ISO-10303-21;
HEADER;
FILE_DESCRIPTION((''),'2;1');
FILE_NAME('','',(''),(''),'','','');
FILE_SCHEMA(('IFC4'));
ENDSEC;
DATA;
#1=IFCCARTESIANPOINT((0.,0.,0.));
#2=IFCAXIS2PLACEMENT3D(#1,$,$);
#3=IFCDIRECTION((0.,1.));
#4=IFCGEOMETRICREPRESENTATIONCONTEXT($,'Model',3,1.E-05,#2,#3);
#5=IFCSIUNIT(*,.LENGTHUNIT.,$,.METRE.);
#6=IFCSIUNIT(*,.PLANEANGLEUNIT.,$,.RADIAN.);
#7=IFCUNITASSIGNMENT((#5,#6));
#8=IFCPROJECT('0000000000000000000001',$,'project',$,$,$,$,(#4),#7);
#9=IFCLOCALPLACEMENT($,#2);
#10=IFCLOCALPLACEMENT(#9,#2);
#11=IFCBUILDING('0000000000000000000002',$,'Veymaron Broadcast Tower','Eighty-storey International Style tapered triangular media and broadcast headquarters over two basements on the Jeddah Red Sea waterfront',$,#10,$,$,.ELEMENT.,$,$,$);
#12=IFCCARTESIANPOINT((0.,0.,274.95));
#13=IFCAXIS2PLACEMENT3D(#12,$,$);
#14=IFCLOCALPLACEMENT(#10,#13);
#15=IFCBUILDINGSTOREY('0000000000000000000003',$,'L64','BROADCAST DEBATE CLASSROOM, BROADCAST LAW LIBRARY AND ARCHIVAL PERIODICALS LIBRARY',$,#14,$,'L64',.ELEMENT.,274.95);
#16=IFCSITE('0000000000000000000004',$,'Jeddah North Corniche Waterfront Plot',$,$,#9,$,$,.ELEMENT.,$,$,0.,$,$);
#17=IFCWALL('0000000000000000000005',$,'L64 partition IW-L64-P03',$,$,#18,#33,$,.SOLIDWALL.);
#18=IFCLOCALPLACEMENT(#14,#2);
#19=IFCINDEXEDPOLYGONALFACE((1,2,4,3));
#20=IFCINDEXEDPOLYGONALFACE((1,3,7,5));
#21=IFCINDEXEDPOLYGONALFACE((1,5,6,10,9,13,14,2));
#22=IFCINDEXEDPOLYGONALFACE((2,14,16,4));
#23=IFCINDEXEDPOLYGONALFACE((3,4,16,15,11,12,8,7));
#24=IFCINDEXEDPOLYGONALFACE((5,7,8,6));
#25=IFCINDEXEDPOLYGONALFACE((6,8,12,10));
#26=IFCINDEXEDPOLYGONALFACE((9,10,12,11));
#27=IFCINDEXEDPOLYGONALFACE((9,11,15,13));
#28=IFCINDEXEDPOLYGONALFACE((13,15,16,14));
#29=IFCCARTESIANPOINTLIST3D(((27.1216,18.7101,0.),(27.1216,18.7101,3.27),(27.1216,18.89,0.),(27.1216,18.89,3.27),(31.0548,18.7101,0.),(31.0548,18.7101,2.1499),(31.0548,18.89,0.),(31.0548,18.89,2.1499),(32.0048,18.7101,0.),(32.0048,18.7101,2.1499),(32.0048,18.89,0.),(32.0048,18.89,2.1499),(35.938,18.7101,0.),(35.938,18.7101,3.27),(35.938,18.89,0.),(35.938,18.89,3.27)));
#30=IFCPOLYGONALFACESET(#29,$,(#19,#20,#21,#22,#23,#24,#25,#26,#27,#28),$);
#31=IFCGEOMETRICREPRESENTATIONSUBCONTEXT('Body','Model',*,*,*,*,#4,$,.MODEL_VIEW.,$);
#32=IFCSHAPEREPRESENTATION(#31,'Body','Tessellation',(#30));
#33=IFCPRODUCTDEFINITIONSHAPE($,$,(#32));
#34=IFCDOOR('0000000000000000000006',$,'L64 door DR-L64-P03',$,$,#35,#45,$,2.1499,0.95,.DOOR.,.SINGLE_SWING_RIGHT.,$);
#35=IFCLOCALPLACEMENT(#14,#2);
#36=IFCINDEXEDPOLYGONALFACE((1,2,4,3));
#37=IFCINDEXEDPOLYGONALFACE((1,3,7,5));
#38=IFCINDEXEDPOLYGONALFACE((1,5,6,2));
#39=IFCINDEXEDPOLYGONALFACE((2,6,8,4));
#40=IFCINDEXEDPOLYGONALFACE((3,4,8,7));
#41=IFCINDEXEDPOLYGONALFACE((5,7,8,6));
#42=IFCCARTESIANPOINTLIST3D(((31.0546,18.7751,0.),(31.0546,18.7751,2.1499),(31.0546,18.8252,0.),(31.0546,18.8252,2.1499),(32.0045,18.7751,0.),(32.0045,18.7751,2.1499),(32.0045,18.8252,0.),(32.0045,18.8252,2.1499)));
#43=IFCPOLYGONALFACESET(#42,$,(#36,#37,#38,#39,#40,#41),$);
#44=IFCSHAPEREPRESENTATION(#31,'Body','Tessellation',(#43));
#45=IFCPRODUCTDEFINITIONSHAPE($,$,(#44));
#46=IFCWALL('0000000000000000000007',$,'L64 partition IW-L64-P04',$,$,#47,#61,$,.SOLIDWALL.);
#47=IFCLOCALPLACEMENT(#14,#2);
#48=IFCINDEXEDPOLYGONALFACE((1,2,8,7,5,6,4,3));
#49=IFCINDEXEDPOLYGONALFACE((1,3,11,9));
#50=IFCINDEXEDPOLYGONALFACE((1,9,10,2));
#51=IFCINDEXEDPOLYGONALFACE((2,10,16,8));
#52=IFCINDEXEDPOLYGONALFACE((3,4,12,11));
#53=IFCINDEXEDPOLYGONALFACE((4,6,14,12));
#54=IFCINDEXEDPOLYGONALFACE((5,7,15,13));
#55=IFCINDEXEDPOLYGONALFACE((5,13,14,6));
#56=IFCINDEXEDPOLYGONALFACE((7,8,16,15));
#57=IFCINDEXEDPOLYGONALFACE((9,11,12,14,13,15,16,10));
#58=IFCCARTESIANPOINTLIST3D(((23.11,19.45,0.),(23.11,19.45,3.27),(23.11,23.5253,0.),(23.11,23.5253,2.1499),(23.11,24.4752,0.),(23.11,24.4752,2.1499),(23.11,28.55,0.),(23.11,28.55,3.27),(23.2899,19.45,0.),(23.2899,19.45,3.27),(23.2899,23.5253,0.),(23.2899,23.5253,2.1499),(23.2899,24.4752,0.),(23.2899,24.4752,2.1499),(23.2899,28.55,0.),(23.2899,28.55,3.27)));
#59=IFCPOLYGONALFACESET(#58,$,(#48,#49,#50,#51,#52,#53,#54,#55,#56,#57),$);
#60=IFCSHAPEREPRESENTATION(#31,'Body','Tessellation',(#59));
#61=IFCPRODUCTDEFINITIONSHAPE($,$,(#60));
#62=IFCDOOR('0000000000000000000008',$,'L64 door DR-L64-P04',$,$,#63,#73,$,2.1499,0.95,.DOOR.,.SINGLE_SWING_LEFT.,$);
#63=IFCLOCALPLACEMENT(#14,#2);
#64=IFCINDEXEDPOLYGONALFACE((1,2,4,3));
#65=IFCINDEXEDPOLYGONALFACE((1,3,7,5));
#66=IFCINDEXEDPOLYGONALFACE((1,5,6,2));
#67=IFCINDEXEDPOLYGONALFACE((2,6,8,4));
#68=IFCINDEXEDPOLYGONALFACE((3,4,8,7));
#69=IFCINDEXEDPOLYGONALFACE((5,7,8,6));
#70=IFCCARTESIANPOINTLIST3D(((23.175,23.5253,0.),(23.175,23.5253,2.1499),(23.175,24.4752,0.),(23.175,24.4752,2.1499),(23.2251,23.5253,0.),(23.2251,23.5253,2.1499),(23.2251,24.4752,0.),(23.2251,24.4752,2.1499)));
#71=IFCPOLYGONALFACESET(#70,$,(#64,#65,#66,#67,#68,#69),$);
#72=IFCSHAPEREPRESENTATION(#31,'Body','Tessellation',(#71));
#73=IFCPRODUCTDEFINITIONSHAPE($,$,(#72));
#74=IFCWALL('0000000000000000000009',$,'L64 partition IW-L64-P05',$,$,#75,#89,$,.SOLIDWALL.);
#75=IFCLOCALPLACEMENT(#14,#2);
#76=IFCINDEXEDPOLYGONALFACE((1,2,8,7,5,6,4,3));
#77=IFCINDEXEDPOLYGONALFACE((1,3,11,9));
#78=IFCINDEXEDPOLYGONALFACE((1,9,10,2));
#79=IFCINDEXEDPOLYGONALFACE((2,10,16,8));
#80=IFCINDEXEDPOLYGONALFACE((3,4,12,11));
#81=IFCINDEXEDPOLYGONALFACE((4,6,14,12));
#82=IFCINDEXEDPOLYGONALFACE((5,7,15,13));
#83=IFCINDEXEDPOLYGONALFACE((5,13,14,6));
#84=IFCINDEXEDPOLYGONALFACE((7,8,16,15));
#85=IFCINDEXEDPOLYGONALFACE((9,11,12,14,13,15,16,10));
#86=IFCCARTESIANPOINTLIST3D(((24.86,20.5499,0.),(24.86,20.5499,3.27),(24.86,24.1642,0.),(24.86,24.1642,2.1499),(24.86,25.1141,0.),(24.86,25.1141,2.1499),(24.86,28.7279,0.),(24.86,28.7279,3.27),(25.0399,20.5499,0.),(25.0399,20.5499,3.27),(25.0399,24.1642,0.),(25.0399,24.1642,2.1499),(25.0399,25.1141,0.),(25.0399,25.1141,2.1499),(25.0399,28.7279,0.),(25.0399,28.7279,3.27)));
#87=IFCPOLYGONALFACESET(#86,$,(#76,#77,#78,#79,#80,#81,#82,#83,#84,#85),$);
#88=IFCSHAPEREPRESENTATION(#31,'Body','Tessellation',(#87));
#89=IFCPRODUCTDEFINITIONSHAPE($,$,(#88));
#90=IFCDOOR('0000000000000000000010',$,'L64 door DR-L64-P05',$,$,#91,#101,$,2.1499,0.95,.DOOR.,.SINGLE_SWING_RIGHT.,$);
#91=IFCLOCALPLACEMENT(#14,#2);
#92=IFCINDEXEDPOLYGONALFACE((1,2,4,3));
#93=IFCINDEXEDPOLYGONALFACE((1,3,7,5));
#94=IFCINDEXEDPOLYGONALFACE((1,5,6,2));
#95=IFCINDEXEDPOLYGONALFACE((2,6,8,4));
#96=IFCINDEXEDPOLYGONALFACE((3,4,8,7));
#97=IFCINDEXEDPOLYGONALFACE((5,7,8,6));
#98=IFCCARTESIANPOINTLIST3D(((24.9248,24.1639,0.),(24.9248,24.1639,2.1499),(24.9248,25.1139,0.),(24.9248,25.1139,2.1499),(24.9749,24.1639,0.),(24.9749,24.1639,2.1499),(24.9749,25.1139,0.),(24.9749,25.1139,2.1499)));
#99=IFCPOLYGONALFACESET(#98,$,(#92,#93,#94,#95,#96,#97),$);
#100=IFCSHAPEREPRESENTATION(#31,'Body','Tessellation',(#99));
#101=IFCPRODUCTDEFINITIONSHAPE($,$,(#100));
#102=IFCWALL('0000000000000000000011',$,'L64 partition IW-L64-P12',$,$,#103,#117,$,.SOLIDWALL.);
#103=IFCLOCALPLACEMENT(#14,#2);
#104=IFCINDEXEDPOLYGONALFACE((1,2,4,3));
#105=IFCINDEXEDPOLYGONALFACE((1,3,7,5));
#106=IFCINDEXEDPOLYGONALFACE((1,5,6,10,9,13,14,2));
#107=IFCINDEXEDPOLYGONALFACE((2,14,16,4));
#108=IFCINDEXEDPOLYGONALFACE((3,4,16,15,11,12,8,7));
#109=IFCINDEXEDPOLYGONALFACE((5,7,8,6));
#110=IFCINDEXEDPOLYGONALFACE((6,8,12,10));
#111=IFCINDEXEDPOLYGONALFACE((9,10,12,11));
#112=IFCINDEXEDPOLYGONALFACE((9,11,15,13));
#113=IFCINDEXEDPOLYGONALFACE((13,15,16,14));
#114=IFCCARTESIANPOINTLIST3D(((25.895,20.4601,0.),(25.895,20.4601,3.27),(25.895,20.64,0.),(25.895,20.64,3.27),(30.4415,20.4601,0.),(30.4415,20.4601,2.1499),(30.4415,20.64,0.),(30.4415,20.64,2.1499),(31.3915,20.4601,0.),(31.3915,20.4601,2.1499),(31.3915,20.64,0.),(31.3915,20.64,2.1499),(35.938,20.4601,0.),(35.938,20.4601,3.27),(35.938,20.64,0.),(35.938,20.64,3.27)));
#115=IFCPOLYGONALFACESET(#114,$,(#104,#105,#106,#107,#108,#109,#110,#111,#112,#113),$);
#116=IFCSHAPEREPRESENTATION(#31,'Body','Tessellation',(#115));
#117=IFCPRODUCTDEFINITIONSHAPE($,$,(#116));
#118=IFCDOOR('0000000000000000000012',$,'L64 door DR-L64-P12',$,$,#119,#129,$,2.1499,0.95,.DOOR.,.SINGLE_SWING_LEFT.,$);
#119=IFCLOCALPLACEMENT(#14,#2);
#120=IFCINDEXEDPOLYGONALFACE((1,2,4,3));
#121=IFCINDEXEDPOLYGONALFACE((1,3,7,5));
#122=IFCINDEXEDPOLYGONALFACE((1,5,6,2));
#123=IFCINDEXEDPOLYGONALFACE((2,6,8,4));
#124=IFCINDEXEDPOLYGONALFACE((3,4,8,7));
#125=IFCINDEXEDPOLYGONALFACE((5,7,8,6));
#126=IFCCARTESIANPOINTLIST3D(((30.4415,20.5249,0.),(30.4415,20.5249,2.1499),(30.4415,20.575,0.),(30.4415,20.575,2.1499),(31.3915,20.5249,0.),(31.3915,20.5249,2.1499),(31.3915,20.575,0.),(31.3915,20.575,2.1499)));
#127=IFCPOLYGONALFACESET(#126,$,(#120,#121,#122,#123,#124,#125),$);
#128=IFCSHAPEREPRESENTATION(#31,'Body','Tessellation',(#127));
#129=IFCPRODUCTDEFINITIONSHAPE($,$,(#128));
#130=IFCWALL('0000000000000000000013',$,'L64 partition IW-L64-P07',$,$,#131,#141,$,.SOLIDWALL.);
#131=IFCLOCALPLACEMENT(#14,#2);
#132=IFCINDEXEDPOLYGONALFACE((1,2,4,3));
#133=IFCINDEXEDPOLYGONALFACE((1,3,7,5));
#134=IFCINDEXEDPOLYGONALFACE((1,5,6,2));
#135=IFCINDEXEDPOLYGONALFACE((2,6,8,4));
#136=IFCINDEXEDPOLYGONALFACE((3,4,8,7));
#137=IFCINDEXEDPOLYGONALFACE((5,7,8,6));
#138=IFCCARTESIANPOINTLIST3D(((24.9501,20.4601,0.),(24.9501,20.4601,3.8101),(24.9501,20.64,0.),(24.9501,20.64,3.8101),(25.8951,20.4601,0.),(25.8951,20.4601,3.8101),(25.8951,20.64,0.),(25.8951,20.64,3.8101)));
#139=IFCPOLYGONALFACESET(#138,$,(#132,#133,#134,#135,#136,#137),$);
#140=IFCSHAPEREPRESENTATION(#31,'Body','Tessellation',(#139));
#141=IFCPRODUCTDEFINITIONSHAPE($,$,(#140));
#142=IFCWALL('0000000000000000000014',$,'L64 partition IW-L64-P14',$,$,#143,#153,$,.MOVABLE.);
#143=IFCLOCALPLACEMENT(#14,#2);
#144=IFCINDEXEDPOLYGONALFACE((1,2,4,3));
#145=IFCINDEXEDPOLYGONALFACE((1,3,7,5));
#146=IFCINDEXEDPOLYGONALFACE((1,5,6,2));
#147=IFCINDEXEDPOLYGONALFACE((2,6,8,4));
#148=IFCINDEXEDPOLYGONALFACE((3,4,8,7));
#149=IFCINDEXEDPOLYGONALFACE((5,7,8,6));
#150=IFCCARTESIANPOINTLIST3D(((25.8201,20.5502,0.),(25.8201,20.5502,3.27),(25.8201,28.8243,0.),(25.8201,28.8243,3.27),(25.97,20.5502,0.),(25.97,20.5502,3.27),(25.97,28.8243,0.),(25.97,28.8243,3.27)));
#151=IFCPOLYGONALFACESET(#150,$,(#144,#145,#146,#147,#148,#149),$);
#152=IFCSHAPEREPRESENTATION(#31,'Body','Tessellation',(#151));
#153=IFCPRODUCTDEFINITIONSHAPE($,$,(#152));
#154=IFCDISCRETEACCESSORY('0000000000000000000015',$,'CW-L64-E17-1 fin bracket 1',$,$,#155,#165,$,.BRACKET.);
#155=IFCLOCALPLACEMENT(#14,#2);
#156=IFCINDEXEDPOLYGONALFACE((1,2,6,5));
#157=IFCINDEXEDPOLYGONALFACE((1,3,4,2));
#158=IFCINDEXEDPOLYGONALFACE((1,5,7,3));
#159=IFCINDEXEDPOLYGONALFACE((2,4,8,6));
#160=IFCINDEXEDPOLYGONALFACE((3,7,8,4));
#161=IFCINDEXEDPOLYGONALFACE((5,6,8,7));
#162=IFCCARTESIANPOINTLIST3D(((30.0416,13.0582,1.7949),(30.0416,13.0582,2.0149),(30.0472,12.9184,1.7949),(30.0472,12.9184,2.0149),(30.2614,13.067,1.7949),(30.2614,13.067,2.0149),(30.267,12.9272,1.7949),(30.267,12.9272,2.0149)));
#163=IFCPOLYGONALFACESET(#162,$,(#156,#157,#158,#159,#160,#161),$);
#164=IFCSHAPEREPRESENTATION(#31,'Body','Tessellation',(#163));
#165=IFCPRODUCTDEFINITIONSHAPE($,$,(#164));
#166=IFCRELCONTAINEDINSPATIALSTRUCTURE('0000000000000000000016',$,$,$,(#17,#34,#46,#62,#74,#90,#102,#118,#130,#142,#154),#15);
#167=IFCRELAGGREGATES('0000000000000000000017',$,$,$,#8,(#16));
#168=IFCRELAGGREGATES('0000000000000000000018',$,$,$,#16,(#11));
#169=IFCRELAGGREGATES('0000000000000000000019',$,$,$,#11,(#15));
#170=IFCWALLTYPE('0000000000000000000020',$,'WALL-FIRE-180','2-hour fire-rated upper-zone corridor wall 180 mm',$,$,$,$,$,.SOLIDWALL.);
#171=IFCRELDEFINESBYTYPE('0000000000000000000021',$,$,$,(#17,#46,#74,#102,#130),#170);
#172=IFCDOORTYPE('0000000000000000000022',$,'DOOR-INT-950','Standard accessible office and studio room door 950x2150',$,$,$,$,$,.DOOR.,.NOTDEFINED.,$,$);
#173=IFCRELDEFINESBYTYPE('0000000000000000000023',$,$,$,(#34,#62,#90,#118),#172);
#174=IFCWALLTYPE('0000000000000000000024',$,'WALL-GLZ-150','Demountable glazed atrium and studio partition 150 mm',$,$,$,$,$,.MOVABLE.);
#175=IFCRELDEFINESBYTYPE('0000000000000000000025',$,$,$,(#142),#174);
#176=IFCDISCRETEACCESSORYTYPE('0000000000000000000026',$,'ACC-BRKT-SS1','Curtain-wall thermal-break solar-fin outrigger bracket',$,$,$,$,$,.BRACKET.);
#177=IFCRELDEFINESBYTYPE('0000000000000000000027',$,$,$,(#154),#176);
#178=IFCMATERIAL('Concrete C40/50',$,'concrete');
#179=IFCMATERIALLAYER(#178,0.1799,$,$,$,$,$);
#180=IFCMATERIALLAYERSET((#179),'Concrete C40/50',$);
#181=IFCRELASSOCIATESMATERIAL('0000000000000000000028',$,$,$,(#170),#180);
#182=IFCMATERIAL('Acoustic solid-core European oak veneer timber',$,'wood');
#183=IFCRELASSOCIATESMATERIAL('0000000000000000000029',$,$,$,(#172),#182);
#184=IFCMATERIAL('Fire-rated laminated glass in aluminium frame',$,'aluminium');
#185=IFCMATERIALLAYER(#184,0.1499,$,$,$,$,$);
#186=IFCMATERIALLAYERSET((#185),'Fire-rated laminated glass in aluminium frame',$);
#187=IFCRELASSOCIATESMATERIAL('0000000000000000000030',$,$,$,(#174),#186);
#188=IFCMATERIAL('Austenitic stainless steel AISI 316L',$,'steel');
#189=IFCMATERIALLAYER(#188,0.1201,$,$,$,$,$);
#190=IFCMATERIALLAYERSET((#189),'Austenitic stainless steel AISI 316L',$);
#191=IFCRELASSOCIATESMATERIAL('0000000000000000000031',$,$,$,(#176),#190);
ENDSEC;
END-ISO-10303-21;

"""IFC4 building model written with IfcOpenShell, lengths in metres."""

from ifc_helpers import new_model, si_unit, direction, frame, frame_2d, origin, origin_2d, place, context, subcontext, project, spatial, rectangle, extrude, material, layer, layer_set, type_object, element, fill, save


model = new_model("IFC4")

# Units and contexts
model_context = context("Model", 3, precision=1e-05, world=origin(), true_north=direction((0.0, 1.0)))
body_context = subcontext(model_context, "Body", "Model", "MODEL_VIEW")
ifc_project = project(units=[si_unit("LENGTHUNIT", "METRE"), si_unit("PLANEANGLEUNIT", "RADIAN")], contexts=[model_context])

# Site, building, storey
site_placement = place(None, origin())
site = spatial("IfcSite", under=ifc_project, at=site_placement, Name="Jeddah North Corniche Waterfront Plot", CompositionType="ELEMENT", RefElevation=0.0)
building_placement = place(site_placement, origin())
building = spatial("IfcBuilding", under=site, at=building_placement, Name="Veymaron Broadcast Tower", Description="Eighty-storey International Style tapered triangular media and broadcast headquarters over two basements on the Jeddah Red Sea waterfront", CompositionType="ELEMENT")
storey_placement = place(building_placement, frame((0.0, 0.0, 274.95)))
storey = spatial("IfcBuildingStorey", under=building, at=storey_placement, Name="L64", Description="BROADCAST DEBATE CLASSROOM, BROADCAST LAW LIBRARY AND ARCHIVAL PERIODICALS LIBRARY", LongName="L64", CompositionType="ELEMENT", Elevation=274.95)

# Shared definitions
ifc_material_1 = material(Name="Concrete C40/50", Category="concrete")

# Walls, openings, doors
ifc_layer_1 = layer(ifc_material_1, 0.1799)
ifc_layer_set_1 = layer_set([ifc_layer_1], Name="Concrete C40/50")
wall_type_1 = type_object("IfcWallType", Name="WALL-FIRE-180", Description="2-hour fire-rated upper-zone corridor wall 180 mm", PredefinedType="SOLIDWALL", material=ifc_layer_set_1)
wall_1_placement = place(storey_placement, frame((27.1216, 18.8, 0.0), z_axis=(0.0, 0.0, 1.0), x_axis=(1.0, 0.0, 0.0)))
wall_1 = element("IfcWall", 1, at=wall_1_placement, inside=storey, type_object=wall_type_1, Name="L64 partition IW-L64-P03", PredefinedType="SOLIDWALL", context=body_context, shape_type="SweptSolid", body=[
    extrude(rectangle(XDim=8.8164, YDim=0.1799, at=frame_2d((4.4082, 0.0))), origin(), (0.0, 0.0, 1.0), 3.27),
])
opening_1_placement = place(wall_1_placement, frame((3.9331, 0.0, 0.0)))
opening_1 = element("IfcOpeningElement", 2, at=opening_1_placement, cuts=wall_1, PredefinedType="OPENING", context=body_context, shape_type="SweptSolid", body=[
    extrude(rectangle(XDim=0.95, YDim=2.1499, at=frame_2d((0.4751, 1.075))), frame((0.0, 0.1001, 0.0), z_axis=(0.0, -1.0, 0.0), x_axis=(1.0, 0.0, 0.0)), (0.0, 0.0, 1.0), 0.2),
])
ifc_material_2 = material(Name="Acoustic solid-core European oak veneer timber", Category="wood")
door_type = type_object("IfcDoorType", Name="DOOR-INT-950", Description="Standard accessible office and studio room door 950x2150", OperationType="NOTDEFINED", PredefinedType="DOOR", material=ifc_material_2)
door_1_placement = place(opening_1_placement, frame((0.95, 0.0, 0.0), z_axis=(0.0, 0.0, 1.0), x_axis=(-1.0, 0.0, 0.0)))
door_1 = element("IfcDoor", 3, at=door_1_placement, inside=storey, type_object=door_type, Name="L64 door DR-L64-P03", OperationType="SINGLE_SWING_RIGHT", OverallHeight=2.1499, OverallWidth=0.95, PredefinedType="DOOR", context=body_context, shape_type="SweptSolid", body=[
    extrude(rectangle(XDim=0.95, YDim=2.1499, at=frame_2d((0.4751, 1.075))), frame((0.0, 0.0249, 0.0), z_axis=(0.0, -1.0, 0.0), x_axis=(1.0, 0.0, 0.0)), (0.0, 0.0, 1.0), 0.05),
])
fill(opening_1, door_1)
wall_2_placement = place(storey_placement, frame((23.2, 19.45, 0.0), z_axis=(0.0, 0.0, 1.0), x_axis=(0.0, 1.0, 0.0)))
wall_2 = element("IfcWall", 4, at=wall_2_placement, inside=storey, type_object=wall_type_1, Name="L64 partition IW-L64-P04", PredefinedType="SOLIDWALL", context=body_context, shape_type="SweptSolid", body=[
    extrude(rectangle(XDim=9.1001, YDim=0.1799, at=frame_2d((4.55, 0.0))), origin(), (0.0, 0.0, 1.0), 3.27),
])
opening_2_placement = place(wall_2_placement, frame((4.0752, 0.0, 0.0)))
opening_2 = element("IfcOpeningElement", 5, at=opening_2_placement, cuts=wall_2, PredefinedType="OPENING", context=body_context, shape_type="SweptSolid", body=[
    extrude(rectangle(XDim=0.95, YDim=2.1499, at=frame_2d((0.4751, 1.075))), frame((0.0, 0.1001, 0.0), z_axis=(0.0, -1.0, 0.0), x_axis=(1.0, 0.0, 0.0)), (0.0, 0.0, 1.0), 0.2),
])
door_2_placement = place(opening_2_placement, origin())
door_2 = element("IfcDoor", 6, at=door_2_placement, inside=storey, type_object=door_type, Name="L64 door DR-L64-P04", OperationType="SINGLE_SWING_LEFT", OverallHeight=2.1499, OverallWidth=0.95, PredefinedType="DOOR", context=body_context, shape_type="SweptSolid", body=[
    extrude(rectangle(XDim=0.95, YDim=2.1499, at=frame_2d((0.4751, 1.075))), frame((0.0, 0.0249, 0.0), z_axis=(0.0, -1.0, 0.0), x_axis=(1.0, 0.0, 0.0)), (0.0, 0.0, 1.0), 0.05),
])
fill(opening_2, door_2)
wall_3_placement = place(storey_placement, frame((24.95, 20.55, 0.0), z_axis=(0.0, 0.0, 1.0), x_axis=(0.0, 1.0, 0.0)))
wall_3 = element("IfcWall", 7, at=wall_3_placement, inside=storey, type_object=wall_type_1, Name="L64 partition IW-L64-P05", PredefinedType="SOLIDWALL", context=body_context, shape_type="SweptSolid", body=[
    extrude(rectangle(XDim=8.178, YDim=0.1799, at=frame_2d((4.0889, 0.0))), origin(), (0.0, 0.0, 1.0), 3.27),
])
opening_3_placement = place(wall_3_placement, frame((3.614, 0.0, 0.0)))
opening_3 = element("IfcOpeningElement", 8, at=opening_3_placement, cuts=wall_3, PredefinedType="OPENING", context=body_context, shape_type="SweptSolid", body=[
    extrude(rectangle(XDim=0.95, YDim=2.1499, at=frame_2d((0.4751, 1.075))), frame((0.0, 0.1001, 0.0), z_axis=(0.0, -1.0, 0.0), x_axis=(1.0, 0.0, 0.0)), (0.0, 0.0, 1.0), 0.2),
])
door_3_placement = place(opening_3_placement, frame((0.95, 0.0, 0.0), z_axis=(0.0, 0.0, 1.0), x_axis=(-1.0, 0.0, 0.0)))
door_3 = element("IfcDoor", 9, at=door_3_placement, inside=storey, type_object=door_type, Name="L64 door DR-L64-P05", OperationType="SINGLE_SWING_RIGHT", OverallHeight=2.1499, OverallWidth=0.95, PredefinedType="DOOR", context=body_context, shape_type="SweptSolid", body=[
    extrude(rectangle(XDim=0.95, YDim=2.1499, at=frame_2d((0.4751, 1.075))), frame((0.0, 0.0249, 0.0), z_axis=(0.0, -1.0, 0.0), x_axis=(1.0, 0.0, 0.0)), (0.0, 0.0, 1.0), 0.05),
])
fill(opening_3, door_3)
wall_4_placement = place(storey_placement, frame((25.895, 20.55, 0.0), z_axis=(0.0, 0.0, 1.0), x_axis=(1.0, 0.0, 0.0)))
wall_4 = element("IfcWall", 10, at=wall_4_placement, inside=storey, type_object=wall_type_1, Name="L64 partition IW-L64-P12", PredefinedType="SOLIDWALL", context=body_context, shape_type="SweptSolid", body=[
    extrude(rectangle(XDim=10.043, YDim=0.1799, at=frame_2d((5.0215, 0.0))), origin(), (0.0, 0.0, 1.0), 3.27),
])
opening_4_placement = place(wall_4_placement, frame((4.5464, 0.0, 0.0)))
opening_4 = element("IfcOpeningElement", 11, at=opening_4_placement, cuts=wall_4, PredefinedType="OPENING", context=body_context, shape_type="SweptSolid", body=[
    extrude(rectangle(XDim=0.95, YDim=2.1499, at=frame_2d((0.4751, 1.075))), frame((0.0, 0.1001, 0.0), z_axis=(0.0, -1.0, 0.0), x_axis=(1.0, 0.0, 0.0)), (0.0, 0.0, 1.0), 0.2),
])
door_4_placement = place(opening_4_placement, origin())
door_4 = element("IfcDoor", 12, at=door_4_placement, inside=storey, type_object=door_type, Name="L64 door DR-L64-P12", OperationType="SINGLE_SWING_LEFT", OverallHeight=2.1499, OverallWidth=0.95, PredefinedType="DOOR", context=body_context, shape_type="SweptSolid", body=[
    extrude(rectangle(XDim=0.95, YDim=2.1499, at=frame_2d((0.4751, 1.075))), frame((0.0, 0.0249, 0.0), z_axis=(0.0, -1.0, 0.0), x_axis=(1.0, 0.0, 0.0)), (0.0, 0.0, 1.0), 0.05),
])
fill(opening_4, door_4)

# Walls
wall_5_placement = place(storey_placement, frame((24.95, 20.55, 0.0), z_axis=(0.0, 0.0, 1.0), x_axis=(1.0, 0.0, 0.0)))
element("IfcWall", 13, at=wall_5_placement, inside=storey, type_object=wall_type_1, Name="L64 partition IW-L64-P07", PredefinedType="SOLIDWALL", context=body_context, shape_type="SweptSolid", body=[
    extrude(rectangle(XDim=0.9451, YDim=0.1799, at=frame_2d((0.4727, 0.0))), origin(), (0.0, 0.0, 1.0), 3.8101),
])
ifc_material_3 = material(Name="Fire-rated laminated glass in aluminium frame", Category="aluminium")
ifc_layer_2 = layer(ifc_material_3, 0.1499)
ifc_layer_set_2 = layer_set([ifc_layer_2], Name="Fire-rated laminated glass in aluminium frame")
wall_type_2 = type_object("IfcWallType", Name="WALL-GLZ-150", Description="Demountable glazed atrium and studio partition 150 mm", PredefinedType="MOVABLE", material=ifc_layer_set_2)
wall_6_placement = place(storey_placement, frame((25.895, 20.55, 0.0), z_axis=(0.0, 0.0, 1.0), x_axis=(0.0, 1.0, 0.0)))
element("IfcWall", 14, at=wall_6_placement, inside=storey, type_object=wall_type_2, Name="L64 partition IW-L64-P14", PredefinedType="MOVABLE", context=body_context, shape_type="SweptSolid", body=[
    extrude(rectangle(XDim=8.2742, YDim=0.1499, at=frame_2d((4.1372, 0.0))), origin(), (0.0, 0.0, 1.0), 3.27),
])

# Discrete accessory
ifc_material_4 = material(Name="Austenitic stainless steel AISI 316L", Category="steel")
ifc_layer_3 = layer(ifc_material_4, 0.1201)
ifc_layer_set_3 = layer_set([ifc_layer_3], Name="Austenitic stainless steel AISI 316L")
discrete_accessory_type = type_object("IfcDiscreteAccessoryType", Name="ACC-BRKT-SS1", Description="Curtain-wall thermal-break solar-fin outrigger bracket", PredefinedType="BRACKET", material=ifc_layer_set_3)
discrete_accessory_placement = place(storey_placement, frame((30.1543, 12.9927, 1.7949), z_axis=(0.0, 0.0, 1.0), x_axis=(-0.999198, -0.040045, 0.0)))
element("IfcDiscreteAccessory", 15, at=discrete_accessory_placement, inside=storey, type_object=discrete_accessory_type, Name="CW-L64-E17-1 fin bracket 1", PredefinedType="BRACKET", context=body_context, shape_type="SweptSolid", body=[
    extrude(rectangle(XDim=0.22, YDim=0.1399, at=origin_2d()), origin(), (0.0, 0.0, 1.0), 0.22),
])

save(model, "model.ifc")
